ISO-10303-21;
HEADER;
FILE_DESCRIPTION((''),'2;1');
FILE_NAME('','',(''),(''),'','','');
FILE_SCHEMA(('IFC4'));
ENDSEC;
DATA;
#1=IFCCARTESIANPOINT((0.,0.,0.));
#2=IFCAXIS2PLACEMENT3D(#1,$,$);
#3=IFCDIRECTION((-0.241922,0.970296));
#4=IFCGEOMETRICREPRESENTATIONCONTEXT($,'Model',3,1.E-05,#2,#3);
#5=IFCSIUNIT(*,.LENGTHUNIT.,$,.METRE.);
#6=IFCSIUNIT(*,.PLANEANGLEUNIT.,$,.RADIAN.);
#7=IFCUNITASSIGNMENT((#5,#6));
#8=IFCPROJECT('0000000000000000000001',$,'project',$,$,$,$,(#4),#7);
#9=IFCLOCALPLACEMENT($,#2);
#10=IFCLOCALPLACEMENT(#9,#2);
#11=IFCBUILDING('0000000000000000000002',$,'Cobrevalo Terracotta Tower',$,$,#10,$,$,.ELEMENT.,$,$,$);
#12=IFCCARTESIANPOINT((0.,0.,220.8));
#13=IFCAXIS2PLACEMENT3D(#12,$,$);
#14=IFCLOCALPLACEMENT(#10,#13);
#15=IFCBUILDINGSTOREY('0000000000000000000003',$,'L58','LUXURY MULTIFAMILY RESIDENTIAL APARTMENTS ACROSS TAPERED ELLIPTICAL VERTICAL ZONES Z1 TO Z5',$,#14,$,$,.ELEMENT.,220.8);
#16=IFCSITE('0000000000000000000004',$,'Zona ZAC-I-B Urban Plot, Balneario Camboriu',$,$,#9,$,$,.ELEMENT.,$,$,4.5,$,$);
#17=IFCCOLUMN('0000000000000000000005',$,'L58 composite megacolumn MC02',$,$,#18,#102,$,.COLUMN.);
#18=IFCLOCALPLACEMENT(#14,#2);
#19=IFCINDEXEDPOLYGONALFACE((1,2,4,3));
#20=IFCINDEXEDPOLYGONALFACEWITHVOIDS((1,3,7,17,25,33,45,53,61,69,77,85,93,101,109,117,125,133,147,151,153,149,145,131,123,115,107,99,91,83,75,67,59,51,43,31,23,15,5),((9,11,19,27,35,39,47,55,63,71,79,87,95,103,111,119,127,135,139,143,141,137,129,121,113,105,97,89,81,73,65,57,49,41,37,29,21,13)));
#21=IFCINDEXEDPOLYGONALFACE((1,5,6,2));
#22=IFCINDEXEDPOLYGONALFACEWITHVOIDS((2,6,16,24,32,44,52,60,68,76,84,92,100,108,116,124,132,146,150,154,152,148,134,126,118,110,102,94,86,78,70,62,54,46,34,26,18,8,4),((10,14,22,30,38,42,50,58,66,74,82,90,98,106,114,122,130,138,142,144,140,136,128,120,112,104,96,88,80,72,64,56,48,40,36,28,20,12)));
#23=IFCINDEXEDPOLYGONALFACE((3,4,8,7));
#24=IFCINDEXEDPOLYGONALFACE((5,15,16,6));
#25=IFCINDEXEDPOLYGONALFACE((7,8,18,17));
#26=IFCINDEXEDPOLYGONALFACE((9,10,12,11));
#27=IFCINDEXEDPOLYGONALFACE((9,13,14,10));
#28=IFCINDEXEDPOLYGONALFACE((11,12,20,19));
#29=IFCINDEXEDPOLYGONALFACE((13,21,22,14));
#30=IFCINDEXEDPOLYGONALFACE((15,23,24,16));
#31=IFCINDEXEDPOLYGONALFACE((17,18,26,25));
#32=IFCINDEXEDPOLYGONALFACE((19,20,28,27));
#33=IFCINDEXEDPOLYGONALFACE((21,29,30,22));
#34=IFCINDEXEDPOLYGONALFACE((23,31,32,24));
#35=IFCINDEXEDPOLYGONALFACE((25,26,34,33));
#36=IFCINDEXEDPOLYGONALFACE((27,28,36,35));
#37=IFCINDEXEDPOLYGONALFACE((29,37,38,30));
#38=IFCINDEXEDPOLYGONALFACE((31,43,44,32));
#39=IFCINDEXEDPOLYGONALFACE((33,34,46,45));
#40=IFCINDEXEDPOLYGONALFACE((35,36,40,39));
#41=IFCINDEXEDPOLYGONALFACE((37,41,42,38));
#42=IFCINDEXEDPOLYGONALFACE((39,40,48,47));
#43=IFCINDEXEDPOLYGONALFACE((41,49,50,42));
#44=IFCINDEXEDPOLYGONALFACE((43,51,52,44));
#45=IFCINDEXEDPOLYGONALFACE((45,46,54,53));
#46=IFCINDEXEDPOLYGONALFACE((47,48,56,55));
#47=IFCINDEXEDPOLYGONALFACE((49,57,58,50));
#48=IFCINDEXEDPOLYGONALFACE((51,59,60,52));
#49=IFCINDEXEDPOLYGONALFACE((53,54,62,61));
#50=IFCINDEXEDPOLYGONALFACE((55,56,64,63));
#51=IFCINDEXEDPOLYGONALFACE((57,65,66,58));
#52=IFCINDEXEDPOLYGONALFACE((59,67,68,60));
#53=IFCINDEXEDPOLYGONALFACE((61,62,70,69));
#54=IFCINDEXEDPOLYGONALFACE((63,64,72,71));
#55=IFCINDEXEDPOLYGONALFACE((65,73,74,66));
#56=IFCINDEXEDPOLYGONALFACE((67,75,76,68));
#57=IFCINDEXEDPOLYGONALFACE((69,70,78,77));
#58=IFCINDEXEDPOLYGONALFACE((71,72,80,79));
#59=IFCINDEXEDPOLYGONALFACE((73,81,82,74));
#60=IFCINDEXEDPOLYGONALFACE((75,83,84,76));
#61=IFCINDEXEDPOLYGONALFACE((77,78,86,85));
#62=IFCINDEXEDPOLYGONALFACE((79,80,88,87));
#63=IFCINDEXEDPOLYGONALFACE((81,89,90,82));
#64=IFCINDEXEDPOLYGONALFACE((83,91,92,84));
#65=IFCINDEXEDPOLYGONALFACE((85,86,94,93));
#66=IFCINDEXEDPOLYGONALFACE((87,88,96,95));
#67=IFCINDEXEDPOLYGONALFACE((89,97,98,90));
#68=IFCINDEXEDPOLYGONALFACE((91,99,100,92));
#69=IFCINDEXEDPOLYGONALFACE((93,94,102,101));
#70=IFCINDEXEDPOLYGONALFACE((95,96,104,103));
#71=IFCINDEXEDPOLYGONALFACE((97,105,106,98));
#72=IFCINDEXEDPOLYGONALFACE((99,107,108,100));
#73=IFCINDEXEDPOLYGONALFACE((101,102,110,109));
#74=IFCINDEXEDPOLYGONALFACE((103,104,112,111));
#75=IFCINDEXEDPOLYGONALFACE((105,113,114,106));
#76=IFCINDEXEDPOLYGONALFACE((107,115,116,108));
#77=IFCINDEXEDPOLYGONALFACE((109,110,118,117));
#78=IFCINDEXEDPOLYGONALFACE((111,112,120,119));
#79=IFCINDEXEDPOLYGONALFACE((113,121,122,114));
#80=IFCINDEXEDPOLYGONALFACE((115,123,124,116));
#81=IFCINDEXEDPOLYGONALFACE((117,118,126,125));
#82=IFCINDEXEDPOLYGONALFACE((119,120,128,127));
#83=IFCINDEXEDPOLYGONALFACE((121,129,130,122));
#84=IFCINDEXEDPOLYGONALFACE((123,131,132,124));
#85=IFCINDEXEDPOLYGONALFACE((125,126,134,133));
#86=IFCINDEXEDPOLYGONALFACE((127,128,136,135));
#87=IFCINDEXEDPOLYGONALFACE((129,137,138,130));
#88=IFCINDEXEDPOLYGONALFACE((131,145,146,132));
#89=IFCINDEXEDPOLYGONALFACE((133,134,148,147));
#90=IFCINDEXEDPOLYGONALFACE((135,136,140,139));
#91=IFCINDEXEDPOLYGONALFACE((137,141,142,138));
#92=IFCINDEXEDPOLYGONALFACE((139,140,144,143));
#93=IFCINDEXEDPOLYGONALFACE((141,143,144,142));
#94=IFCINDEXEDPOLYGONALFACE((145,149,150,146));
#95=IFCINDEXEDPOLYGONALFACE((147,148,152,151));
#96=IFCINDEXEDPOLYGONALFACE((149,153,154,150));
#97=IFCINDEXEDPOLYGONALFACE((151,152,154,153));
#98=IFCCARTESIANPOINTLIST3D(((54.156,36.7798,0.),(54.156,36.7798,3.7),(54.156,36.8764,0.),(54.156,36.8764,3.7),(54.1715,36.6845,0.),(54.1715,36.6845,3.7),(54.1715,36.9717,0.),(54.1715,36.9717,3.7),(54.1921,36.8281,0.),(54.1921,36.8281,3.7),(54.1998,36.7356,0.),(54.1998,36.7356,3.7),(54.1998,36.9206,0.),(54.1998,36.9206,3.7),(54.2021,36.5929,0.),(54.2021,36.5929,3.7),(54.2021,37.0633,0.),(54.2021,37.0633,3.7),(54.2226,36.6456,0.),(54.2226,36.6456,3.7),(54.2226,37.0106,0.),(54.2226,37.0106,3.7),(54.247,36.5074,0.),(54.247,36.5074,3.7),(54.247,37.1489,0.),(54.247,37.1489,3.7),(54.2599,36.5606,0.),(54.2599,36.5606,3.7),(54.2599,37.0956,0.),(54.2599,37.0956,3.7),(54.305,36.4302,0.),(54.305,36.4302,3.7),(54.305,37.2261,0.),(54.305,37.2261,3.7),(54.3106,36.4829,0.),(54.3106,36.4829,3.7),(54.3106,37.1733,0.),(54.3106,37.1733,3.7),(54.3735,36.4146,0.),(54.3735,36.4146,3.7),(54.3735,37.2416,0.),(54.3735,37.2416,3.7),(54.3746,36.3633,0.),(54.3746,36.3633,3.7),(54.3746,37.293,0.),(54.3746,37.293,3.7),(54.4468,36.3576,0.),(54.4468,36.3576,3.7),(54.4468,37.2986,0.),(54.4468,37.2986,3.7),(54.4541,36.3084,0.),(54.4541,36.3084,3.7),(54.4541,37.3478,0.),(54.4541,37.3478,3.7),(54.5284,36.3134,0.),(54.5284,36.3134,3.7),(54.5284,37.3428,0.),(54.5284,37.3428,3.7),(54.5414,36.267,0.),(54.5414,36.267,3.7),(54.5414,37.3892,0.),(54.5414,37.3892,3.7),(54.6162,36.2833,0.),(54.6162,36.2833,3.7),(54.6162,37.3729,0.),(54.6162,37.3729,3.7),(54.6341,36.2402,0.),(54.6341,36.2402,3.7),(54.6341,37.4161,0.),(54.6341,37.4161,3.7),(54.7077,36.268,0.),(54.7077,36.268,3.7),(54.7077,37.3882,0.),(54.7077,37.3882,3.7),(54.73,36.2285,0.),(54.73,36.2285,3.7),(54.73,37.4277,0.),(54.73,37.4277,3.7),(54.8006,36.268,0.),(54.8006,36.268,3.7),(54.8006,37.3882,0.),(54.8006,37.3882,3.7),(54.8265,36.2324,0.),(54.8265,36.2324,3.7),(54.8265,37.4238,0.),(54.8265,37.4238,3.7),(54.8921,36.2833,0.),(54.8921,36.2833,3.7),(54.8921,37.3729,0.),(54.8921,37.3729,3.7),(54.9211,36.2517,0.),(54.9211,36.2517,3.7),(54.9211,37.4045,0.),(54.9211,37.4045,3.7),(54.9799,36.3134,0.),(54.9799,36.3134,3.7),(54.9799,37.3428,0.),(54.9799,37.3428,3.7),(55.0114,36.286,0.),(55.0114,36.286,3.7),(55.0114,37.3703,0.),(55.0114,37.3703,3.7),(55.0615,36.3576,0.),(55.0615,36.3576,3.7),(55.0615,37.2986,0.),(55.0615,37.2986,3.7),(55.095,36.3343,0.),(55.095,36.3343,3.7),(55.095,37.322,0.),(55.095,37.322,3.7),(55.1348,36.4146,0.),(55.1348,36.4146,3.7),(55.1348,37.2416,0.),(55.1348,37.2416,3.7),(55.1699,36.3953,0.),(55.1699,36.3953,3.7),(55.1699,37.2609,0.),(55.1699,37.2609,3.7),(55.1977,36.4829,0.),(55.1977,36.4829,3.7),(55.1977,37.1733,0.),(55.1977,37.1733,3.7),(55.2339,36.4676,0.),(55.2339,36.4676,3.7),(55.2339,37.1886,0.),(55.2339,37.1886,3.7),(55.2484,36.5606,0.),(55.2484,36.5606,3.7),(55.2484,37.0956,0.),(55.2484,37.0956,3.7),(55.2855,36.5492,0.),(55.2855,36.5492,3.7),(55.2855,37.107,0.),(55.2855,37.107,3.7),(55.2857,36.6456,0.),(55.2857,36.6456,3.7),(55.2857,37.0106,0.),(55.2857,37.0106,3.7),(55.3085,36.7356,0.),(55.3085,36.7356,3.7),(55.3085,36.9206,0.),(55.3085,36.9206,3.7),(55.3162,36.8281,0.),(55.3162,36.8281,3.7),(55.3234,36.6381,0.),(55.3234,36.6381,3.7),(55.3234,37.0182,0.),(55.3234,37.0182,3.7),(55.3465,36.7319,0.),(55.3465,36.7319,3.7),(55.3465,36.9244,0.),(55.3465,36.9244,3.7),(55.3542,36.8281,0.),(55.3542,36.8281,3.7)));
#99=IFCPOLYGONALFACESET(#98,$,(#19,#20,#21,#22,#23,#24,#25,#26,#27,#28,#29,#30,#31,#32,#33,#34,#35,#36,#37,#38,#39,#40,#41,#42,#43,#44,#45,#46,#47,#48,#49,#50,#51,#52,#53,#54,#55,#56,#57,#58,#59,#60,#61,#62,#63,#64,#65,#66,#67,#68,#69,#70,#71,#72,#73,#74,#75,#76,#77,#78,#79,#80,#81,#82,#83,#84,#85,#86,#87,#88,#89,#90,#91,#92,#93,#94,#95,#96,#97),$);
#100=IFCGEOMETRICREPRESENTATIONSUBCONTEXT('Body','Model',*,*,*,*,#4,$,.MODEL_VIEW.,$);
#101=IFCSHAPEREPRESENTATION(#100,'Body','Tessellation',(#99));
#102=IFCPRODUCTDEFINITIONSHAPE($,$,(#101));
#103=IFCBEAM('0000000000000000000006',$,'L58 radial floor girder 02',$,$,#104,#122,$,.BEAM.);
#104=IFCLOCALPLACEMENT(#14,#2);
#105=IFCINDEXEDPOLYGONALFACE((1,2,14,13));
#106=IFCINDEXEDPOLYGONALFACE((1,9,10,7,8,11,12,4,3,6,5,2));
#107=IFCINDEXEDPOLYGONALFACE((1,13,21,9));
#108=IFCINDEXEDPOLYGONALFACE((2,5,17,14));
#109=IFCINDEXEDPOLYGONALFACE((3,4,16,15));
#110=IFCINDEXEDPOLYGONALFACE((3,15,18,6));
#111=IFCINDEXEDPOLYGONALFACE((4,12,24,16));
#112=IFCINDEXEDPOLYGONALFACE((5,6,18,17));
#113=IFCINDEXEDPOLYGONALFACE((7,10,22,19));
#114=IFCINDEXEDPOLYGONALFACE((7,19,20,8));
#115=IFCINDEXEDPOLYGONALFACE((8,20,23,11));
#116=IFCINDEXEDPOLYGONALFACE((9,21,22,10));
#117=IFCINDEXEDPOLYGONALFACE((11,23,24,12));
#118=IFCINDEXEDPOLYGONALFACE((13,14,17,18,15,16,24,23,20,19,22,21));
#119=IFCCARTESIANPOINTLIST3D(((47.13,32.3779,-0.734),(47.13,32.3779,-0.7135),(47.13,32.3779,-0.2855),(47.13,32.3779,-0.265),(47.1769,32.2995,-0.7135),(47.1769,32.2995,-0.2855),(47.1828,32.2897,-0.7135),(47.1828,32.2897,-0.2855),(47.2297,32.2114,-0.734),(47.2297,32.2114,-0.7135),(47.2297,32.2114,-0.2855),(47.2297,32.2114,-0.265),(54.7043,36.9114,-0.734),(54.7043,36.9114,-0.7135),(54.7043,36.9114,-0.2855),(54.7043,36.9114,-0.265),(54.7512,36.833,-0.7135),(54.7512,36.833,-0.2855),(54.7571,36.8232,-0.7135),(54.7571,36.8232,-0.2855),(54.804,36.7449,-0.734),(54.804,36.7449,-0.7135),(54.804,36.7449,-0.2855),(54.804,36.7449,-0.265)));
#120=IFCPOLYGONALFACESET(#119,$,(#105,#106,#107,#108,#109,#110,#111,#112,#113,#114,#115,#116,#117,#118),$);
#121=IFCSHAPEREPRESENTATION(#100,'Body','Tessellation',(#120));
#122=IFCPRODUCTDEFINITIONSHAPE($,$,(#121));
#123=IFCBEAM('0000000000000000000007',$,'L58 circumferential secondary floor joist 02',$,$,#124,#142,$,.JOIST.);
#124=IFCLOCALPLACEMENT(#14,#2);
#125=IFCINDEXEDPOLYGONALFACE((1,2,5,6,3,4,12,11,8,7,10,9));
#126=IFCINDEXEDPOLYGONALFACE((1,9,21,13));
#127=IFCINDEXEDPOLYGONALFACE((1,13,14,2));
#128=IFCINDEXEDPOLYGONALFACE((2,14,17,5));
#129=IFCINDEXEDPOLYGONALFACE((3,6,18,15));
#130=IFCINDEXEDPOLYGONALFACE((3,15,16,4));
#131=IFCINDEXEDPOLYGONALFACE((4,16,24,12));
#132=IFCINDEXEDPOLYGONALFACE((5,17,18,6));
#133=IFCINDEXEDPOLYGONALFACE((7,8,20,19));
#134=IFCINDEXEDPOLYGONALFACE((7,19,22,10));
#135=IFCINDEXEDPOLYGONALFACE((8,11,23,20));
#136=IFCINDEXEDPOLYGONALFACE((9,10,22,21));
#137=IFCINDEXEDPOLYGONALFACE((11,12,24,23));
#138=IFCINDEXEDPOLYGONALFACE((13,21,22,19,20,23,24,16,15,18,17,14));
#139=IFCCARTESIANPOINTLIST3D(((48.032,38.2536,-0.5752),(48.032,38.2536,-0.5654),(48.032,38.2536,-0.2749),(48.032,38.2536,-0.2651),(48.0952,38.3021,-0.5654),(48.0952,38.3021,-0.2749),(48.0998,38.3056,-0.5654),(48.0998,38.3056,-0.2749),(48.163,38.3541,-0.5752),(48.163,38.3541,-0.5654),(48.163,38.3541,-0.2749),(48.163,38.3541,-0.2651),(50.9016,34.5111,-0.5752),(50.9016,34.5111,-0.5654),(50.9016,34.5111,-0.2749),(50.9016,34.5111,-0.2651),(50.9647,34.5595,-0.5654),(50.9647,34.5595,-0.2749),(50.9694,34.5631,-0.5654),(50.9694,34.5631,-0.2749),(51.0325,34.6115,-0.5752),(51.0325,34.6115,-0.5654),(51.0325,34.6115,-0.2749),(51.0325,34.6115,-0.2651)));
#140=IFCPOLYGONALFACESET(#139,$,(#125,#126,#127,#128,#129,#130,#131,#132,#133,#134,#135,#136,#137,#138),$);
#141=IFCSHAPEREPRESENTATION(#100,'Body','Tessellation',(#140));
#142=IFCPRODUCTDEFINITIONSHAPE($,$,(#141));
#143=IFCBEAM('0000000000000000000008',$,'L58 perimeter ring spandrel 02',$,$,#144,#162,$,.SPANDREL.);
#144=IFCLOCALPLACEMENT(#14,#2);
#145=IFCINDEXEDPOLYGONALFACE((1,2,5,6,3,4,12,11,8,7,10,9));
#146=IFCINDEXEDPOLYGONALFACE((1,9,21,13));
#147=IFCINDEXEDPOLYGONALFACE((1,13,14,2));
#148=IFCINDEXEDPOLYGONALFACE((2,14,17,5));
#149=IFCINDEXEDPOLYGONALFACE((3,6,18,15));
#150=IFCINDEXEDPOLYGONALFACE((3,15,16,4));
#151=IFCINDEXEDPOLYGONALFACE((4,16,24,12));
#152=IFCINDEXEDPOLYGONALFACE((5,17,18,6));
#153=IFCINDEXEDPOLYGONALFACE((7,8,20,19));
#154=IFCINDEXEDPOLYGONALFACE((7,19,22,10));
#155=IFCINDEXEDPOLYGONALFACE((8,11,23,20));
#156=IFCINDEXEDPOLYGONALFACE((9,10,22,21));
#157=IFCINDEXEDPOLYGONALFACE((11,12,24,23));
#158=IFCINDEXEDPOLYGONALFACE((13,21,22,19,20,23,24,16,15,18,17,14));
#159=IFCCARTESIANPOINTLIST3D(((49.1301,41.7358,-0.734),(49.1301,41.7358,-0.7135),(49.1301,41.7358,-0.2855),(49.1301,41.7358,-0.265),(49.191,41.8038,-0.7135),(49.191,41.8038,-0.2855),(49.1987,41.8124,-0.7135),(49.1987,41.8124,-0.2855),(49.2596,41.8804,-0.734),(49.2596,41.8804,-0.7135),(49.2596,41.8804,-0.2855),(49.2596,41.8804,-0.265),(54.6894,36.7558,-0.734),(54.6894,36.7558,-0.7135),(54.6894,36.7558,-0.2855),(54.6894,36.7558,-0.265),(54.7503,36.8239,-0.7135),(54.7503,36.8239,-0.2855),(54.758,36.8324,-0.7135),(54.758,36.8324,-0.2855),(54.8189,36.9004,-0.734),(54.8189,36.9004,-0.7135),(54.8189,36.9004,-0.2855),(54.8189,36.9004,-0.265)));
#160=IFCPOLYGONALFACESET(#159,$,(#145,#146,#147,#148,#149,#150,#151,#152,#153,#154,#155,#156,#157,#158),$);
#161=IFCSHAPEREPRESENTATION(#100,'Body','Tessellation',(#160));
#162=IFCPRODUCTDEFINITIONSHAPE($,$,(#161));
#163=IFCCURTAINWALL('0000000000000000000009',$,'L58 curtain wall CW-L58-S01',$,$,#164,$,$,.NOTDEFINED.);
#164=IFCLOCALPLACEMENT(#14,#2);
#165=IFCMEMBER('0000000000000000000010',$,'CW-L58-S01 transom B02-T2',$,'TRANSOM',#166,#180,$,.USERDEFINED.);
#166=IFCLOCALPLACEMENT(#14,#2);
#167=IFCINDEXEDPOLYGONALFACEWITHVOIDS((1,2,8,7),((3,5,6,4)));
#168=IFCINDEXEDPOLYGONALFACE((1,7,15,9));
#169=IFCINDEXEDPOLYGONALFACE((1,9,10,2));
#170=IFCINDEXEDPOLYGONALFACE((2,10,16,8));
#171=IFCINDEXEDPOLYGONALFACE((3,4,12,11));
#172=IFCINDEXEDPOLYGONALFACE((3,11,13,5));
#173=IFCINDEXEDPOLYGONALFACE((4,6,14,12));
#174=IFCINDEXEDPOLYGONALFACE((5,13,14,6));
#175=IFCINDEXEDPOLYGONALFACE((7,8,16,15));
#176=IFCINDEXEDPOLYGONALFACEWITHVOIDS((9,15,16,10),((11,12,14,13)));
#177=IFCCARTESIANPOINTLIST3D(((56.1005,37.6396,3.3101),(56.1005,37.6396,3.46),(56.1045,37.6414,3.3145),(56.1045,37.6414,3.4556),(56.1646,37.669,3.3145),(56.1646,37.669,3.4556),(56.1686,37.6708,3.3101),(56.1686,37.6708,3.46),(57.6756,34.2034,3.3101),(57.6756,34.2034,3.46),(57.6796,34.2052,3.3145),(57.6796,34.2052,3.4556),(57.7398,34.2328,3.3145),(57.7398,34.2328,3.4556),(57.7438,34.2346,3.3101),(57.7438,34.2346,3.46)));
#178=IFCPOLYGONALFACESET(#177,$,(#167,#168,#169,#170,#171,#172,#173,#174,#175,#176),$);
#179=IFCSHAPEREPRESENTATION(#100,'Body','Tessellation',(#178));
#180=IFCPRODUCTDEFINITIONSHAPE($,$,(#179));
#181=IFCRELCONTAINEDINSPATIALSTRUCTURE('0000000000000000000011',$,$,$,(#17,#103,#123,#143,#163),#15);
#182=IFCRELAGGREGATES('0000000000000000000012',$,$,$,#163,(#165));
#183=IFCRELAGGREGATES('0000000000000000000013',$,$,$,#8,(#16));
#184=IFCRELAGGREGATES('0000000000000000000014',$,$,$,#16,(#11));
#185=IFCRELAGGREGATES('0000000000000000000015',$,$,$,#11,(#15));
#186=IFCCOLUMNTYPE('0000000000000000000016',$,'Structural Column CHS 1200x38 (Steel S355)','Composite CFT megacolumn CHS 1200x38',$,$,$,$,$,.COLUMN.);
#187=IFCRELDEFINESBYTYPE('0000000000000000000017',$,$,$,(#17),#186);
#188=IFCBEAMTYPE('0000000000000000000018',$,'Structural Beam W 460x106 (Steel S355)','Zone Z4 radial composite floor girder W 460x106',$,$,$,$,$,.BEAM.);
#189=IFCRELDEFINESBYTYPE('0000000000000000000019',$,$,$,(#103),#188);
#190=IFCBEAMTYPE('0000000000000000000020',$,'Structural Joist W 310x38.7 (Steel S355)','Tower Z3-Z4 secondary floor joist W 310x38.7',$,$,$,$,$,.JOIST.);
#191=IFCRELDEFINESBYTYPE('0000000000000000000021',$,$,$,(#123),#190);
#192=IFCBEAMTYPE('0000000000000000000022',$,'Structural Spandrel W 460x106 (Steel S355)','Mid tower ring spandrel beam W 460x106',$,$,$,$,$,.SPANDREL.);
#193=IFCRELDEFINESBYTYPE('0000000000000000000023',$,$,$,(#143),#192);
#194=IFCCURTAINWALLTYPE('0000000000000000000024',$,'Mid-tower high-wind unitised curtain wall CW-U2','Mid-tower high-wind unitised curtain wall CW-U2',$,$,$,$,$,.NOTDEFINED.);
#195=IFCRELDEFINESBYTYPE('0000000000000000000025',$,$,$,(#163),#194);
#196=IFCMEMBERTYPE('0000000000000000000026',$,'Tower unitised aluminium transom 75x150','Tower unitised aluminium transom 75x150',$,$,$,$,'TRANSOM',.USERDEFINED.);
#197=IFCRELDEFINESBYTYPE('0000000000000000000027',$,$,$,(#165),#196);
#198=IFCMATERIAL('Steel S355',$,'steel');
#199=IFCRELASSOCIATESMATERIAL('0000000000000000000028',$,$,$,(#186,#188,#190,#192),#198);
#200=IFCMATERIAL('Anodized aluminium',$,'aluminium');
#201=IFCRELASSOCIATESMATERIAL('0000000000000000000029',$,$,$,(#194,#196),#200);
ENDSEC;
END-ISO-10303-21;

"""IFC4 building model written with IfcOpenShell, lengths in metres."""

from ifc_helpers import new_model, si_unit, direction, frame, origin, origin_2d, place, context, subcontext, project, spatial, hollow_rectangle, hollow_circle, i_section, extrude, source, transform, mapped, material, material_profile, profile_set, type_object, element, aggregate, save


model = new_model("IFC4")

# Units and contexts
model_context = context("Model", 3, precision=1e-05, world=origin(), true_north=direction((-0.241922, 0.970296)))
body_context = subcontext(model_context, "Body", "Model", "MODEL_VIEW")
ifc_project = project(units=[si_unit("LENGTHUNIT", "METRE"), si_unit("PLANEANGLEUNIT", "RADIAN")], contexts=[model_context])

# Site, building, storey
site_placement = place(None, origin())
site = spatial("IfcSite", under=ifc_project, at=site_placement, Name="Zona ZAC-I-B Urban Plot, Balneario Camboriu", CompositionType="ELEMENT", RefElevation=4.5)
building_placement = place(site_placement, origin())
building = spatial("IfcBuilding", under=site, at=building_placement, Name="Cobrevalo Terracotta Tower", CompositionType="ELEMENT")
storey_placement = place(building_placement, frame((0.0, 0.0, 220.8)))
storey = spatial("IfcBuildingStorey", under=building, at=storey_placement, Name="L58", Description="LUXURY MULTIFAMILY RESIDENTIAL APARTMENTS ACROSS TAPERED ELLIPTICAL VERTICAL ZONES Z1 TO Z5", CompositionType="ELEMENT", Elevation=220.8)

# Column
ifc_material_1 = material(Name="Steel S355", Category="steel")
ifc_material_profile_1 = material_profile(ifc_material_1, hollow_circle(Radius=0.6001, WallThickness=0.0381, at=origin_2d()), Name="CHS 1200x38")
ifc_profile_set_1 = profile_set([ifc_material_profile_1], Name="Steel S355")
column_type = type_object("IfcColumnType", Name="Structural Column CHS 1200x38 (Steel S355)", Description="Composite CFT megacolumn CHS 1200x38", PredefinedType="COLUMN", material=ifc_profile_set_1)
column_placement = place(storey_placement, frame((54.7542, 36.8281, 0.0), z_axis=(0.0, 0.0, 1.0), x_axis=(1.0, 0.0, 0.0)))
element("IfcColumn", 1, at=column_placement, inside=storey, type_object=column_type, Name="L58 composite megacolumn MC02", PredefinedType="COLUMN", context=body_context, shape_type="SweptSolid", body=[
    extrude(hollow_circle(Radius=0.6001, WallThickness=0.0381, at=origin_2d()), origin(), (0.0, 0.0, 1.0), 3.7),
])

# Beams
ifc_material_profile_2 = material_profile(ifc_material_1, i_section(OverallWidth=0.1941, OverallDepth=0.469, WebThickness=0.0115, FlangeThickness=0.0205, at=origin_2d()), Name="W 460x106")
ifc_profile_set_2 = profile_set([ifc_material_profile_2], Name="Steel S355")
beam_type_1 = type_object("IfcBeamType", Name="Structural Beam W 460x106 (Steel S355)", Description="Zone Z4 radial composite floor girder W 460x106", PredefinedType="BEAM", material=ifc_profile_set_2)
beam_1_placement = place(storey_placement, frame((54.7542, 36.8281, -0.4995), z_axis=(-0.858046, -0.513572, 0.0), x_axis=(0.513572, -0.858046, 0.0)))
element("IfcBeam", 2, at=beam_1_placement, inside=storey, type_object=beam_type_1, Name="L58 radial floor girder 02", PredefinedType="BEAM", context=body_context, shape_type="SweptSolid", body=[
    extrude(i_section(OverallWidth=0.1941, OverallDepth=0.469, WebThickness=0.0115, FlangeThickness=0.0205, at=origin_2d()), origin(), (0.0, 0.0, 1.0), 8.8274),
])
ifc_material_profile_3 = material_profile(ifc_material_1, i_section(OverallWidth=0.165, OverallDepth=0.3101, WebThickness=0.0059, FlangeThickness=0.0098, at=origin_2d()), Name="W 310x38.7")
ifc_profile_set_3 = profile_set([ifc_material_profile_3], Name="Steel S355")
beam_type_2 = type_object("IfcBeamType", Name="Structural Joist W 310x38.7 (Steel S355)", Description="Tower Z3-Z4 secondary floor joist W 310x38.7", PredefinedType="JOIST", material=ifc_profile_set_3)
beam_2_placement = place(storey_placement, frame((50.967, 34.5613, -0.4202), z_axis=(-0.608464, 0.793581, 0.0), x_axis=(-0.793581, -0.608464, 0.0)))
element("IfcBeam", 3, at=beam_2_placement, inside=storey, type_object=beam_type_2, Name="L58 circumferential secondary floor joist 02", PredefinedType="JOIST", context=body_context, shape_type="SweptSolid", body=[
    extrude(i_section(OverallWidth=0.165, OverallDepth=0.3101, WebThickness=0.0059, FlangeThickness=0.0098, at=origin_2d()), origin(), (0.0, 0.0, 1.0), 4.7161),
])
ifc_material_profile_4 = material_profile(ifc_material_1, i_section(OverallWidth=0.1941, OverallDepth=0.469, WebThickness=0.0115, FlangeThickness=0.0205, at=origin_2d()), Name="W 460x106")
ifc_profile_set_4 = profile_set([ifc_material_profile_4], Name="Steel S355")
beam_type_3 = type_object("IfcBeamType", Name="Structural Spandrel W 460x106 (Steel S355)", Description="Mid tower ring spandrel beam W 460x106", PredefinedType="SPANDREL", material=ifc_profile_set_4)
beam_3_placement = place(storey_placement, frame((54.7542, 36.8281, -0.4995), z_axis=(-0.744852, 0.66723, 0.0), x_axis=(-0.66723, -0.744852, 0.0)))
element("IfcBeam", 4, at=beam_3_placement, inside=storey, type_object=beam_type_3, Name="L58 perimeter ring spandrel 02", PredefinedType="SPANDREL", context=body_context, shape_type="SweptSolid", body=[
    extrude(i_section(OverallWidth=0.1941, OverallDepth=0.469, WebThickness=0.0115, FlangeThickness=0.0205, at=origin_2d()), origin(), (0.0, 0.0, 1.0), 7.4636),
])

# Curtain wall, member
ifc_material_2 = material(Name="Anodized aluminium", Category="aluminium")
curtain_wall_type = type_object("IfcCurtainWallType", Name="Mid-tower high-wind unitised curtain wall CW-U2", Description="Mid-tower high-wind unitised curtain wall CW-U2", PredefinedType="NOTDEFINED", material=ifc_material_2)
curtain_wall_1_placement = place(storey_placement, origin())
curtain_wall_1 = element("IfcCurtainWall", 5, at=curtain_wall_1_placement, inside=storey, type_object=curtain_wall_type, Name="L58 curtain wall CW-L58-S01", PredefinedType="NOTDEFINED")
ifc_material_profile_5 = material_profile(ifc_material_2, hollow_rectangle(XDim=0.075, YDim=0.1499, WallThickness=0.0044, at=origin_2d()), Name="CWT 75x150")
ifc_profile_set_5 = profile_set([ifc_material_profile_5], Name="Anodized aluminium")
member_type_1 = type_object("IfcMemberType", Name="Tower unitised aluminium transom 75x150", Description="Tower unitised aluminium transom 75x150", ElementType="TRANSOM", PredefinedType="USERDEFINED", material=ifc_profile_set_5)
shared_shape_1 = source(origin(), body_context, "Body", "SweptSolid", [
    extrude(hollow_rectangle(XDim=0.075, YDim=0.1499, WallThickness=0.0044, at=origin_2d()), origin(), (0.0, 0.0, 1.0), 3.78),
])
member_1_placement = place(storey_placement, frame((57.7097, 34.219, 3.385), z_axis=(-0.416706, 0.909041, 0.0), x_axis=(-0.909041, -0.416706, 0.0)))
member_1 = element("IfcMember", 6, at=member_1_placement, type_object=member_type_1, Name="CW-L58-S01 transom B02-T2", ObjectType="TRANSOM", PredefinedType="USERDEFINED", context=body_context, shape_type="MappedRepresentation", body=[
    mapped(shared_shape_1, transform((0.0, 0.0, 0.0), scale=1.0)),
])

aggregate(curtain_wall_1, [member_1])

save(model, "model.ifc")
